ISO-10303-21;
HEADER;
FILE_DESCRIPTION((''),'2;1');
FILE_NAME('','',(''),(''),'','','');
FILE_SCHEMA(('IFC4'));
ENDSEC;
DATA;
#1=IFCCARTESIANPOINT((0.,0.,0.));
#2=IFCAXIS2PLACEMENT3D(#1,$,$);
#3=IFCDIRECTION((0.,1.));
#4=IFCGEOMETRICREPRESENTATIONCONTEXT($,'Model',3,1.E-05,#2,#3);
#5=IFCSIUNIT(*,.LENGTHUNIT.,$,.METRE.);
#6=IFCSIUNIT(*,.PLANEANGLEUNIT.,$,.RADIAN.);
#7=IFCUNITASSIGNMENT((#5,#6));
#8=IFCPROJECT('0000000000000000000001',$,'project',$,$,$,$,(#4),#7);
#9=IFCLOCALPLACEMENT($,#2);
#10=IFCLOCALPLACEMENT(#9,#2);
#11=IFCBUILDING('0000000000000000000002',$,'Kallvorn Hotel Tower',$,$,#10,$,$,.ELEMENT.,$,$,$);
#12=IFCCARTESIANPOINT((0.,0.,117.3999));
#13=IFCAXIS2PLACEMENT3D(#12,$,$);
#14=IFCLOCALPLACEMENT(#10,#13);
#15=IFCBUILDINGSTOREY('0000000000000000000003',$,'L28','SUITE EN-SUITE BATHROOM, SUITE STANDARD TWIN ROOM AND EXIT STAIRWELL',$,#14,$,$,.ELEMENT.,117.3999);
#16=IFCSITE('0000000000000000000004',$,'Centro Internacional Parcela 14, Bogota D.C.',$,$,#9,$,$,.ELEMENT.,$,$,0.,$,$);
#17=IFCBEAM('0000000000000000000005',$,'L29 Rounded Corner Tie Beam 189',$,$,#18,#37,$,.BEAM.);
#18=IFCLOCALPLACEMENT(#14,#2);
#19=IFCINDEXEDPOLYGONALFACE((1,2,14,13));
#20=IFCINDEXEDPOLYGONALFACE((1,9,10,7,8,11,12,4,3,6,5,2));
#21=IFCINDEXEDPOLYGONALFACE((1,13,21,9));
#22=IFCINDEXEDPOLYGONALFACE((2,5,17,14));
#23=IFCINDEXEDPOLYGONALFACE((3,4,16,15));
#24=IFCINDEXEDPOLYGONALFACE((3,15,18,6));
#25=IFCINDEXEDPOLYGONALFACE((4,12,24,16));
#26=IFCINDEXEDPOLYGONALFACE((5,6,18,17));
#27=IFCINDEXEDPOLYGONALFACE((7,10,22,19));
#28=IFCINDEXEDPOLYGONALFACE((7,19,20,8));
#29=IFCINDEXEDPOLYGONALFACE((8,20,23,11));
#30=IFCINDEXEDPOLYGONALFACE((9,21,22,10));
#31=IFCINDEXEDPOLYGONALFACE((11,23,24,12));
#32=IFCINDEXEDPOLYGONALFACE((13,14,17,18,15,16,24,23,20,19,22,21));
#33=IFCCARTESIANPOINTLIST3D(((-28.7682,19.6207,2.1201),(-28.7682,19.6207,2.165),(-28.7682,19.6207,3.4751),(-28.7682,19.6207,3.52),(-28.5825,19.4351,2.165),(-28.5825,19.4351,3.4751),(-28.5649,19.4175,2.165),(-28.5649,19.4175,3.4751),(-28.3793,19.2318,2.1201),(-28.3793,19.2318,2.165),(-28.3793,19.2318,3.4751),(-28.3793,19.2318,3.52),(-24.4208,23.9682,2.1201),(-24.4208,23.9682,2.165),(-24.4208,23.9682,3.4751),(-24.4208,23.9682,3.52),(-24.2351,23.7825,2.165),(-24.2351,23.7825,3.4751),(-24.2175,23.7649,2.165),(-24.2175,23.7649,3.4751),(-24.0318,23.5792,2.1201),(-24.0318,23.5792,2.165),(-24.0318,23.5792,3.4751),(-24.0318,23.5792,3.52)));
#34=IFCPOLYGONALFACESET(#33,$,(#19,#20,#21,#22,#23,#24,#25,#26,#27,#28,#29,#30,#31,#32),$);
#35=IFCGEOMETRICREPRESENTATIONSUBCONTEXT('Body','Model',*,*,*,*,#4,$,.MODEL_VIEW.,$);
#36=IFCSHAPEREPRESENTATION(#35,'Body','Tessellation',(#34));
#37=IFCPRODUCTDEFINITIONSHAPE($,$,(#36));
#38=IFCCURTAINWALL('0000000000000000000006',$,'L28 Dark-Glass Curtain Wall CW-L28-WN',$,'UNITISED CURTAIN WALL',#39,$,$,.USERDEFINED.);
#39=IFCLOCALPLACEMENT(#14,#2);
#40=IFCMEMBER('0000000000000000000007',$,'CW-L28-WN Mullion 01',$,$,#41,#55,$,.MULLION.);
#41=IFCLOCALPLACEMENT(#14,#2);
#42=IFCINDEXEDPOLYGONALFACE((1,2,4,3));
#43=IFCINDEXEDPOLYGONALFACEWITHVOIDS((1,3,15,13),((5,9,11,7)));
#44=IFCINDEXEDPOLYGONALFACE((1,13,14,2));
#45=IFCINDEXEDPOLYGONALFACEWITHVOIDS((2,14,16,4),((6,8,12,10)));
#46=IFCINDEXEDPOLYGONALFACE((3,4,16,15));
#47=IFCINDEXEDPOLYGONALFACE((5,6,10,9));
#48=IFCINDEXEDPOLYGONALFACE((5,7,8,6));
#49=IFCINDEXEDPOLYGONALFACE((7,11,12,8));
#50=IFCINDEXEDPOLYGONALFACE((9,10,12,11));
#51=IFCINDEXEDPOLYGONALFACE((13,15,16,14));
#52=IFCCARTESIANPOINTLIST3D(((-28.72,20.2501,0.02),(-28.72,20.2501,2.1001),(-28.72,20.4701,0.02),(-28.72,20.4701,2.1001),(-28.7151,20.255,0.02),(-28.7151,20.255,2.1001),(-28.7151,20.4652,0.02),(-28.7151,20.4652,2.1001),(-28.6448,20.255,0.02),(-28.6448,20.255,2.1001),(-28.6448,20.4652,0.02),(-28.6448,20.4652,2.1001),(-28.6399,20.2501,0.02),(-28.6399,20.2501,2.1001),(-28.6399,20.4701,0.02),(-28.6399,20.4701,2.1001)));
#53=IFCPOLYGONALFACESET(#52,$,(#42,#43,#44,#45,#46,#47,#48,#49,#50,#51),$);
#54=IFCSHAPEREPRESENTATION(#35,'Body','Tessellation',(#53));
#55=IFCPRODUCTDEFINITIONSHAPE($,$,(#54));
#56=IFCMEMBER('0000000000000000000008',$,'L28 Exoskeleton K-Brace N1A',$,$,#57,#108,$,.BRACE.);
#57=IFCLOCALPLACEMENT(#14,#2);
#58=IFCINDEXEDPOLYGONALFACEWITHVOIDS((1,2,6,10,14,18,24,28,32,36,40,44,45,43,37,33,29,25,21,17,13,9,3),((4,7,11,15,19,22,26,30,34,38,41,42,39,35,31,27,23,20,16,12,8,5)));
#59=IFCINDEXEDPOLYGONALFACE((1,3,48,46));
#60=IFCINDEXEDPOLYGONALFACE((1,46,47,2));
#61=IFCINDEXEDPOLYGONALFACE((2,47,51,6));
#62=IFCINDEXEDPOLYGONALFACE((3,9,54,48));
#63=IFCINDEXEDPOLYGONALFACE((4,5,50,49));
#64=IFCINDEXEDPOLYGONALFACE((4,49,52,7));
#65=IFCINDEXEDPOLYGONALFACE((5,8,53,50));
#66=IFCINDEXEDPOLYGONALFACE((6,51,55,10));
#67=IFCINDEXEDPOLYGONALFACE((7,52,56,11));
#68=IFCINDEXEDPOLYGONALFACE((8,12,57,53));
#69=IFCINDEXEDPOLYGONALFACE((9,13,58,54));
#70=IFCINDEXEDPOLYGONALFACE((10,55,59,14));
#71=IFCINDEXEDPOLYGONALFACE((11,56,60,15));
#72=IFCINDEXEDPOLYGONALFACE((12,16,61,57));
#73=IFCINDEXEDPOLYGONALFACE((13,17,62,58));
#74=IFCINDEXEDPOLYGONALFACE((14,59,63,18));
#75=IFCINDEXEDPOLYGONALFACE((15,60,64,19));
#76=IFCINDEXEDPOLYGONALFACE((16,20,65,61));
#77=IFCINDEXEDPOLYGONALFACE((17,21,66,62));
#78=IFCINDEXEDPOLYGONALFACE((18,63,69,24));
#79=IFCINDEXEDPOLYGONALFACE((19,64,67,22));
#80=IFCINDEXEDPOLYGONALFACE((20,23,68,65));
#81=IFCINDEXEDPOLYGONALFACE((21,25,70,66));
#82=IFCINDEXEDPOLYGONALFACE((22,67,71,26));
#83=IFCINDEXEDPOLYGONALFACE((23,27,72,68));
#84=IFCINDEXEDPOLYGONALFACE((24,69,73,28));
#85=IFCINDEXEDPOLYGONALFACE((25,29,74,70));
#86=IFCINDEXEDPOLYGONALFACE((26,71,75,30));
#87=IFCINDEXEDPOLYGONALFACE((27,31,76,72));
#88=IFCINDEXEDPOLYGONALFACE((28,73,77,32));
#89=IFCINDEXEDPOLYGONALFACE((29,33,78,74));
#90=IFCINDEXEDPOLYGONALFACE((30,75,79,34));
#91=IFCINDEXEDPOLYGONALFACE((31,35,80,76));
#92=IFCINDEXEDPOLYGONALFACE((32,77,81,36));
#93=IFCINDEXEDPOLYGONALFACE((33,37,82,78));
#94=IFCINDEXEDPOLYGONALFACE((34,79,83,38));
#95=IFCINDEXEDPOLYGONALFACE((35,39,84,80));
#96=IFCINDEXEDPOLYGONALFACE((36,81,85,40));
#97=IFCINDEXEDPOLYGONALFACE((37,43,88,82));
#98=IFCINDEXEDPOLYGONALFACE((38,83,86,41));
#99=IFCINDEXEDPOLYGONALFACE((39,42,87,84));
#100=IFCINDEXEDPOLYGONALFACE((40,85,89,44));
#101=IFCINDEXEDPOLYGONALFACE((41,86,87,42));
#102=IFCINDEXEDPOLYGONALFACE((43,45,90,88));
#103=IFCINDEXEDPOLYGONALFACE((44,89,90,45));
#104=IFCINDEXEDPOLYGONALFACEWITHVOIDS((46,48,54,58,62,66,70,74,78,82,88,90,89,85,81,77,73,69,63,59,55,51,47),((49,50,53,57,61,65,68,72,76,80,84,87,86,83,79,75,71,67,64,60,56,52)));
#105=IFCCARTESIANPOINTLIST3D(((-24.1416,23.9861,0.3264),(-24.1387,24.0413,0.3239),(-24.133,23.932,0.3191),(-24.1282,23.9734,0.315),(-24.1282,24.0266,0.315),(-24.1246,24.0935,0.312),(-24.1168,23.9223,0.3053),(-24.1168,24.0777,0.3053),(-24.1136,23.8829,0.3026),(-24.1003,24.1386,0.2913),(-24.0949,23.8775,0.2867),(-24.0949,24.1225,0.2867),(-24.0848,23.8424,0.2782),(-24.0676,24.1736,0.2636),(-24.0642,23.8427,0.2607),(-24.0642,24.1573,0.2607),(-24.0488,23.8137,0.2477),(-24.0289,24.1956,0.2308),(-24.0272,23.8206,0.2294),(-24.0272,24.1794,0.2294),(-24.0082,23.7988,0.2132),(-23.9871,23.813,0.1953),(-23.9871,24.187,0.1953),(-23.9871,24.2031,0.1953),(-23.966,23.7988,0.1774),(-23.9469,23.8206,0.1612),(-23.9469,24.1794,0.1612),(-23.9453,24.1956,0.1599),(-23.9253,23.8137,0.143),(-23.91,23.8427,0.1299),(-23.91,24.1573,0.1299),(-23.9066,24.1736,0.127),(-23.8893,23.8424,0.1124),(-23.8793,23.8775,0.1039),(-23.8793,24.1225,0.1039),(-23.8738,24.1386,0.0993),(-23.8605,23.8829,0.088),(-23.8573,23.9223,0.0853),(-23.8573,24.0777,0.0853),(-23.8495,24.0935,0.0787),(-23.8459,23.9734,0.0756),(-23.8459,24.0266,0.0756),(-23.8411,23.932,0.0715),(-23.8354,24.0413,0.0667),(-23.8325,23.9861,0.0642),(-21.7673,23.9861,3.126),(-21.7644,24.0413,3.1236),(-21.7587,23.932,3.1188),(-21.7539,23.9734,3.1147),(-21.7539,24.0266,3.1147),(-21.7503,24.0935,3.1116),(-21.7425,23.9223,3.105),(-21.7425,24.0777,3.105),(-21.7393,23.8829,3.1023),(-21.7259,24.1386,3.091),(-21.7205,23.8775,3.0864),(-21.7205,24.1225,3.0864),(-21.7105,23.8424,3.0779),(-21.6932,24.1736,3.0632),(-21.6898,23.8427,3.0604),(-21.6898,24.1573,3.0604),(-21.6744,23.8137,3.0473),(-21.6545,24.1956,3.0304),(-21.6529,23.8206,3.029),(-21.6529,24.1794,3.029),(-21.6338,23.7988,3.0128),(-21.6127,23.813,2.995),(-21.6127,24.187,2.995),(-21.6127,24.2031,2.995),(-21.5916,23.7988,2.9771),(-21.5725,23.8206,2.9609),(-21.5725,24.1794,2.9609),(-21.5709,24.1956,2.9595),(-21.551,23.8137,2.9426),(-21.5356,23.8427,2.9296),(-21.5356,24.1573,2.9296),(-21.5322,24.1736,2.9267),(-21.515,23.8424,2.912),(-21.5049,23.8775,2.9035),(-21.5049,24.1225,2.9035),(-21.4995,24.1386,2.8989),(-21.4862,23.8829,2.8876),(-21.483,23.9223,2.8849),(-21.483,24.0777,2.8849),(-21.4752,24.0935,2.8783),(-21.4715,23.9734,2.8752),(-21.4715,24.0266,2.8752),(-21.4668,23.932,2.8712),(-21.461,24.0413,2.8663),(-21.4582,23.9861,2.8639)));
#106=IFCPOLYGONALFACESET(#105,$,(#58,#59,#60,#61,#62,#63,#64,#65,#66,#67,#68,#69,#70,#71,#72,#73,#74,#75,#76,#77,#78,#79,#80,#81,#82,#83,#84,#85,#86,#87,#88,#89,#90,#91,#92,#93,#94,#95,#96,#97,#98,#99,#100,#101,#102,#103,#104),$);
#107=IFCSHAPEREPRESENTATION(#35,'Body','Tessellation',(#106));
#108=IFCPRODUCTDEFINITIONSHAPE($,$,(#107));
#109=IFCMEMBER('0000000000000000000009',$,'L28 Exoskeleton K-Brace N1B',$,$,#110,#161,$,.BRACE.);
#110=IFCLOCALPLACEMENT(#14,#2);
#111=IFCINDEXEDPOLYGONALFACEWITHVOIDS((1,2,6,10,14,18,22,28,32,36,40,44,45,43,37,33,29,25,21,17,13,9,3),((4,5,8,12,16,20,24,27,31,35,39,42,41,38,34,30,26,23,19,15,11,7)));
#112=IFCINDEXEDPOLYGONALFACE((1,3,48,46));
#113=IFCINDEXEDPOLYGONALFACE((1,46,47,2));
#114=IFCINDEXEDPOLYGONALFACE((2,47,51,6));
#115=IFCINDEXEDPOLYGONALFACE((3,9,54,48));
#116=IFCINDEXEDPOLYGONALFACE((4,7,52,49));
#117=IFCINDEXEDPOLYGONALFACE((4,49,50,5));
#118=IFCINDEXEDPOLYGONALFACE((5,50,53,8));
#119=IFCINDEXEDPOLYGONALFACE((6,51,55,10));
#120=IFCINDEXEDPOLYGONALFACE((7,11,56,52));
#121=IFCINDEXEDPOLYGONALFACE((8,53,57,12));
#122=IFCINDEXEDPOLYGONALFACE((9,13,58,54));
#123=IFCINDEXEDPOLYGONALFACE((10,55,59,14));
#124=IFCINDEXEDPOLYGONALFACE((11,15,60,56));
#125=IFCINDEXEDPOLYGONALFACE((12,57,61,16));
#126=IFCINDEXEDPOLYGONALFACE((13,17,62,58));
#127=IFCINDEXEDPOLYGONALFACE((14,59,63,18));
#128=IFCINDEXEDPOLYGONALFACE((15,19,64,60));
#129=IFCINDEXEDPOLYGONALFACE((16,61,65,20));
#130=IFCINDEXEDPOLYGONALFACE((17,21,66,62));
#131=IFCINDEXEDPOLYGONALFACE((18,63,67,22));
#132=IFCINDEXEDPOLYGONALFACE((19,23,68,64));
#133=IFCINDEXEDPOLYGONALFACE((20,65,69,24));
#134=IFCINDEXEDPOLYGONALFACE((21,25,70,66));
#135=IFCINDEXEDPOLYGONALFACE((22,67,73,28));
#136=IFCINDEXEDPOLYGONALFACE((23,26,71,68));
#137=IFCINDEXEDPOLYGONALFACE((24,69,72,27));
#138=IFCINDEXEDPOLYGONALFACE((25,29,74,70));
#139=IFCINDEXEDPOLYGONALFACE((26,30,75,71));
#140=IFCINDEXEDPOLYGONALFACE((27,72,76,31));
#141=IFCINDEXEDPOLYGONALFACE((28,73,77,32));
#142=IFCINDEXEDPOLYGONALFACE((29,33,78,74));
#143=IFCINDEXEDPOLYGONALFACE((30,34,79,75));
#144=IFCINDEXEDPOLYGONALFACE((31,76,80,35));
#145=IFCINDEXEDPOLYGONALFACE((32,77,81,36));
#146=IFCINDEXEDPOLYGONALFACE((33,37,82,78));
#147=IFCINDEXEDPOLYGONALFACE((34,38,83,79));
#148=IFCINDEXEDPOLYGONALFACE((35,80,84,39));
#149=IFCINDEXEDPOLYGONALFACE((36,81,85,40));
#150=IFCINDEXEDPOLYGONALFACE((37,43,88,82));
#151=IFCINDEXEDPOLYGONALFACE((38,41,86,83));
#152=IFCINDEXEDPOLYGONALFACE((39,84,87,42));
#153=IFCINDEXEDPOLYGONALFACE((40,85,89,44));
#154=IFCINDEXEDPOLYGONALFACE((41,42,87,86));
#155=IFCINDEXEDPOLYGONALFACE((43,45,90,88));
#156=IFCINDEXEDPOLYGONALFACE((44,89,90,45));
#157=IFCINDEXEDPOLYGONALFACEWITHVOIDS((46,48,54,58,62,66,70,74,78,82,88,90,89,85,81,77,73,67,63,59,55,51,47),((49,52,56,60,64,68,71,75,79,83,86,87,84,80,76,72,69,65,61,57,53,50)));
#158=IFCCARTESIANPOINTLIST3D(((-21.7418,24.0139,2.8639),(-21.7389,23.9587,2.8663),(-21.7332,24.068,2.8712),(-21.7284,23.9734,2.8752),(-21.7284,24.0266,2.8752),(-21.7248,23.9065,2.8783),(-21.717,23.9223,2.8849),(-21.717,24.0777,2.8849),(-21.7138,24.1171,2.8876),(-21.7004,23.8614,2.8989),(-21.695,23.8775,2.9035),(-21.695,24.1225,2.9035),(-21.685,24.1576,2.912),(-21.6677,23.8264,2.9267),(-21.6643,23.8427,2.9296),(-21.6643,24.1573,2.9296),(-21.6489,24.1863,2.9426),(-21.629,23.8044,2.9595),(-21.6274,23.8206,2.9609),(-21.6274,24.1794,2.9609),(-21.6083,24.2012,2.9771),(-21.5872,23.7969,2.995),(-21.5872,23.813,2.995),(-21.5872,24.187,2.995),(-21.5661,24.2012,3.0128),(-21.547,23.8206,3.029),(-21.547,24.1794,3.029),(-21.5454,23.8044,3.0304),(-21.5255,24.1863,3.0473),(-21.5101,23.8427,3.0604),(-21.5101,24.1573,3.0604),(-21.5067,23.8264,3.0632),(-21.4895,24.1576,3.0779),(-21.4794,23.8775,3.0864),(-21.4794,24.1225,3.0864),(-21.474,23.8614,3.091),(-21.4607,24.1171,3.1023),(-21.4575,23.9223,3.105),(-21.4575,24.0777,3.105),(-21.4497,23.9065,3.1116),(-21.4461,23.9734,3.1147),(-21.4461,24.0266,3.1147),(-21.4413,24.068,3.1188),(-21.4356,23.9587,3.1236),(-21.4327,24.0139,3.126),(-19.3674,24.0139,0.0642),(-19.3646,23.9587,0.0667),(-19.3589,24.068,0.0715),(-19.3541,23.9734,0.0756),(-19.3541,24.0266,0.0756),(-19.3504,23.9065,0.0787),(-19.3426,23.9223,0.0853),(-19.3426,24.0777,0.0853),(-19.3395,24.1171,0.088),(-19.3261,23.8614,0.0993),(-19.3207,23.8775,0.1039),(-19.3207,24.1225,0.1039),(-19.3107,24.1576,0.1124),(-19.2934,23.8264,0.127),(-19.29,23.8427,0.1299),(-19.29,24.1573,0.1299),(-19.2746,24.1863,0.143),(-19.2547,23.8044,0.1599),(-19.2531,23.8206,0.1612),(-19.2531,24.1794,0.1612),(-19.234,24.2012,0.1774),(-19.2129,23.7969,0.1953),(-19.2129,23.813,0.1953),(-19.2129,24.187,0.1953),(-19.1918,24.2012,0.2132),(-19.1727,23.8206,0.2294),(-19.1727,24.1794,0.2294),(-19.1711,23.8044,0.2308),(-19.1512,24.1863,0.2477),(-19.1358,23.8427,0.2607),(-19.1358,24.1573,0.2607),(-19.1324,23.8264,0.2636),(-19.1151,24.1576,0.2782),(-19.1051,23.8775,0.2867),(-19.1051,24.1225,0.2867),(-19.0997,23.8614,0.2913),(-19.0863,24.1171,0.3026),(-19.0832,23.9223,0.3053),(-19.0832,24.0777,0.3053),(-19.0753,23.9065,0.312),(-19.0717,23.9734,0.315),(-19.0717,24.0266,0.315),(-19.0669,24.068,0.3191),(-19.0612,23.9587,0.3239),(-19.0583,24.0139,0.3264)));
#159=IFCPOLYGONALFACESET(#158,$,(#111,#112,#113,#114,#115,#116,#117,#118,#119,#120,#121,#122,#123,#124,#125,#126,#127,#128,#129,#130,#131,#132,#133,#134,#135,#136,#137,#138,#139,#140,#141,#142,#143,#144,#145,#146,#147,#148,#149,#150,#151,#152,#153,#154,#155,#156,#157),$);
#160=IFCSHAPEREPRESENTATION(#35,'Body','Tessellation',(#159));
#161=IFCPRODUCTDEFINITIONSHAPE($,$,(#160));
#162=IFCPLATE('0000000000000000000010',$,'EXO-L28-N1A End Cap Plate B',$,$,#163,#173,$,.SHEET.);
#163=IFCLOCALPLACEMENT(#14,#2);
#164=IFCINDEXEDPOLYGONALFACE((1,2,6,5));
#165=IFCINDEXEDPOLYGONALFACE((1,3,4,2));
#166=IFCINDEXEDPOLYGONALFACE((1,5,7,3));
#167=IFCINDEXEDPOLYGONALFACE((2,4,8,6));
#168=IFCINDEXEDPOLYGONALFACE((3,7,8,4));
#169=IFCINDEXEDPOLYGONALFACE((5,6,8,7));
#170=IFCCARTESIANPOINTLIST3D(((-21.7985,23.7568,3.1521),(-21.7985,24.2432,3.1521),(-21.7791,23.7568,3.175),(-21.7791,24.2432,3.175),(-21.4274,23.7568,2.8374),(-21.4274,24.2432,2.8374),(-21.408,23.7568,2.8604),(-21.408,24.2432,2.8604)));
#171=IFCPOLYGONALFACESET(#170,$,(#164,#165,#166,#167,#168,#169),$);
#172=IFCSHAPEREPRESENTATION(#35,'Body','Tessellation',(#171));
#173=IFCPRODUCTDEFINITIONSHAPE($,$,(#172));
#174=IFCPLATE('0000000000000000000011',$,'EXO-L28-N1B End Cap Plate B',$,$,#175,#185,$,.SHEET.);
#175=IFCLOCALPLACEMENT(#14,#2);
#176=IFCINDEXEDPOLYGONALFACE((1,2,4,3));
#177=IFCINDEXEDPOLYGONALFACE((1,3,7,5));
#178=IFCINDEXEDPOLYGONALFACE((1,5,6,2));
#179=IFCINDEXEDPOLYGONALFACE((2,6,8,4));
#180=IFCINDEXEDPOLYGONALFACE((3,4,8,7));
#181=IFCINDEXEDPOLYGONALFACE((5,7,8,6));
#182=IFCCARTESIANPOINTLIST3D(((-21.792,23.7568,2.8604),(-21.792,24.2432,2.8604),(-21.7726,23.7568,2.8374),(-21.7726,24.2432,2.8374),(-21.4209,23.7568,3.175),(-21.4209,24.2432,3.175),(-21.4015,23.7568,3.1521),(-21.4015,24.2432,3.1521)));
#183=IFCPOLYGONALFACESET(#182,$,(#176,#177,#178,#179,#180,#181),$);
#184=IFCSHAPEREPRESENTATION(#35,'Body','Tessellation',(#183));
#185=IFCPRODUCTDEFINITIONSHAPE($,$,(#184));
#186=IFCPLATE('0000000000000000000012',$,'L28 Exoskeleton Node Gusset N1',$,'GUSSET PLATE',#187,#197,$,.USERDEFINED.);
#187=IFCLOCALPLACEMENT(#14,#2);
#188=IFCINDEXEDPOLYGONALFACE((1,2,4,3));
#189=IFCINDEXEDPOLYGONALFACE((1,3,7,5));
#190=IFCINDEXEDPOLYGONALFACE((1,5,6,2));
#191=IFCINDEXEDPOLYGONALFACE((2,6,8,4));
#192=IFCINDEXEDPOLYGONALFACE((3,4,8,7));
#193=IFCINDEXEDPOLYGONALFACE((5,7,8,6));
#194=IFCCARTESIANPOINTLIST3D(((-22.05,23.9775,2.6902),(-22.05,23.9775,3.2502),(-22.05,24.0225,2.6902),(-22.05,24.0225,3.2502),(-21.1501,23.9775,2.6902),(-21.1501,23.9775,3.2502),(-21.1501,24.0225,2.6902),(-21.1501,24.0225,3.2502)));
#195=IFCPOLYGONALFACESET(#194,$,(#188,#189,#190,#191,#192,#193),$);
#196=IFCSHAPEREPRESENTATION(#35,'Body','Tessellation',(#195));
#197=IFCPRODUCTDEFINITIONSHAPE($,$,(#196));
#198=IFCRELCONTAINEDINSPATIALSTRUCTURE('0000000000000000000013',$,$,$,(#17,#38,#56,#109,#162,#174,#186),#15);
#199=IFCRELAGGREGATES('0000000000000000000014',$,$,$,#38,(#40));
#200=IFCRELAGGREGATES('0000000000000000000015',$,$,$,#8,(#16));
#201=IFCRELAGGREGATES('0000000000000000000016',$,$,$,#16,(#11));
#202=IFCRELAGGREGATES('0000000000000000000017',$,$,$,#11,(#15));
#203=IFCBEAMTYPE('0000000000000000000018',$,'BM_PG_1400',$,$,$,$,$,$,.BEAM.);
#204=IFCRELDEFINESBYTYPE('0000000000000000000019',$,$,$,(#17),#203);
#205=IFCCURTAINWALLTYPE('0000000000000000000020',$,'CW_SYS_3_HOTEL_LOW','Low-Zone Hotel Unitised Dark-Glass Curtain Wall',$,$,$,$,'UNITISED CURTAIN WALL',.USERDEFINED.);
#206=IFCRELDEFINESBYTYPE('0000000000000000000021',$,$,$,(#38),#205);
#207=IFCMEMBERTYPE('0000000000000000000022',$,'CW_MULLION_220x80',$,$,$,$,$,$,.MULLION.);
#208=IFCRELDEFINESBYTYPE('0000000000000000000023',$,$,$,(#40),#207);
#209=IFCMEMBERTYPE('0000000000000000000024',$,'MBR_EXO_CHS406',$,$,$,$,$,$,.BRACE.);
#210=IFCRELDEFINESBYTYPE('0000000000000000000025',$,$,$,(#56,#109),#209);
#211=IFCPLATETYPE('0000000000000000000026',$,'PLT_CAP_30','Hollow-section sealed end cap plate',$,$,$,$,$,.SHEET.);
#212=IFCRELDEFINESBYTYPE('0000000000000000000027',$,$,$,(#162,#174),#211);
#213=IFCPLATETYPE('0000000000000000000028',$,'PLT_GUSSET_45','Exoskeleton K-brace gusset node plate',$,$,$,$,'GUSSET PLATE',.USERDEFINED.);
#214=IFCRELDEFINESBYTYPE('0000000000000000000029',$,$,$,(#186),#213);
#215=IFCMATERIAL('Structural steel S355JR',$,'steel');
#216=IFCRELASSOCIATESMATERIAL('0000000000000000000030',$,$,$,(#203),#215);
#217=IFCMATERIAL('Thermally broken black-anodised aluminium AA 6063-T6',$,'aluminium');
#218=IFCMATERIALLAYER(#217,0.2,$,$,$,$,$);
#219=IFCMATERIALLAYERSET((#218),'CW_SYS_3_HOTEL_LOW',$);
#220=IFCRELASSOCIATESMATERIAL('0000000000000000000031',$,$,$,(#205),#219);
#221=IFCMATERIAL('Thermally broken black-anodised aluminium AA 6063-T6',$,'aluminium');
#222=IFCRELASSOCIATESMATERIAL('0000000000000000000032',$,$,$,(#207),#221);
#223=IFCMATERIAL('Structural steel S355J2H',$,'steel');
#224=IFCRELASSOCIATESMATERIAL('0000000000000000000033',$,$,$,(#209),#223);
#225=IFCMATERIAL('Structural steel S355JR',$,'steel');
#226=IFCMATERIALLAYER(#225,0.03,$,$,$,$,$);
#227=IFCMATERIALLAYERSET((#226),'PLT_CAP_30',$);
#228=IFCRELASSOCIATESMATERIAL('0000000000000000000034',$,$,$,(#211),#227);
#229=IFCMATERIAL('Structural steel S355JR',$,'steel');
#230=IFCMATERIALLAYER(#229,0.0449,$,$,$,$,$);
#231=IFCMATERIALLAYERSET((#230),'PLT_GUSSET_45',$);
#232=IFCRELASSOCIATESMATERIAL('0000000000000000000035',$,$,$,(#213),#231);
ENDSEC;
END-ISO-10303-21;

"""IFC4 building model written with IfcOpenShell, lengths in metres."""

from ifc_helpers import new_model, si_unit, direction, frame, origin, origin_2d, place, context, subcontext, project, spatial, polyline, rectangle, hollow_rectangle, hollow_circle, i_section, outline, extrude, material, layer, layer_set, material_profile, profile_set, type_object, element, aggregate, save


model = new_model("IFC4")

# Units and contexts
model_context = context("Model", 3, precision=1e-05, world=origin(), true_north=direction((0.0, 1.0)))
body_context = subcontext(model_context, "Body", "Model", "MODEL_VIEW")
ifc_project = project(units=[si_unit("LENGTHUNIT", "METRE"), si_unit("PLANEANGLEUNIT", "RADIAN")], contexts=[model_context])

# Site, building, storey
site_placement = place(None, origin())
site = spatial("IfcSite", under=ifc_project, at=site_placement, Name="Centro Internacional Parcela 14, Bogota D.C.", CompositionType="ELEMENT", RefElevation=0.0)
building_placement = place(site_placement, origin())
building = spatial("IfcBuilding", under=site, at=building_placement, Name="Kallvorn Hotel Tower", CompositionType="ELEMENT")
storey_placement = place(building_placement, frame((0.0, 0.0, 117.3999)))
storey = spatial("IfcBuildingStorey", under=building, at=storey_placement, Name="L28", Description="SUITE EN-SUITE BATHROOM, SUITE STANDARD TWIN ROOM AND EXIT STAIRWELL", CompositionType="ELEMENT", Elevation=117.3999)

# Beam
ifc_material_1 = material(Name="Structural steel S355JR", Category="steel")
ifc_material_profile_1 = material_profile(ifc_material_1, i_section(OverallWidth=0.55, OverallDepth=1.3999, WebThickness=0.0249, FlangeThickness=0.0449, at=origin_2d()), Name="PG 1400x550x25x45")
ifc_profile_set_1 = profile_set([ifc_material_profile_1], Name="Structural steel S355JR")
beam_type_1 = type_object("IfcBeamType", Name="BM_PG_1400", PredefinedType="BEAM", material=ifc_profile_set_1)
beam_1_placement = place(storey_placement, frame((-28.5737, 19.4263, 2.8201), z_axis=(0.707107, 0.707107, 0.0), x_axis=(-0.707107, 0.707107, 0.0)))
element("IfcBeam", 1, at=beam_1_placement, inside=storey, type_object=beam_type_1, Name="L29 Rounded Corner Tie Beam 189", PredefinedType="BEAM", context=body_context, shape_type="SweptSolid", body=[
    extrude(i_section(OverallWidth=0.55, OverallDepth=1.3999, WebThickness=0.0249, FlangeThickness=0.0449, at=origin_2d()), origin(), (0.0, 0.0, 1.0), 6.1482),
])

# Curtain wall, member
ifc_material_2 = material(Name="Thermally broken black-anodised aluminium AA 6063-T6", Category="aluminium")
ifc_layer_1 = layer(ifc_material_2, 0.2)
ifc_layer_set_1 = layer_set([ifc_layer_1], Name="CW_SYS_3_HOTEL_LOW")
curtain_wall_type = type_object("IfcCurtainWallType", Name="CW_SYS_3_HOTEL_LOW", Description="Low-Zone Hotel Unitised Dark-Glass Curtain Wall", ElementType="UNITISED CURTAIN WALL", PredefinedType="USERDEFINED", material=ifc_layer_set_1)
curtain_wall_placement = place(storey_placement, origin())
curtain_wall = element("IfcCurtainWall", 2, at=curtain_wall_placement, inside=storey, type_object=curtain_wall_type, Name="L28 Dark-Glass Curtain Wall CW-L28-WN", ObjectType="UNITISED CURTAIN WALL", PredefinedType="USERDEFINED")
ifc_material_3 = material(Name="Thermally broken black-anodised aluminium AA 6063-T6", Category="aluminium")
ifc_material_profile_2 = material_profile(ifc_material_3, hollow_rectangle(XDim=0.0801, YDim=0.22, WallThickness=0.0049, at=origin_2d()), Name="MUL 220x80")
ifc_profile_set_2 = profile_set([ifc_material_profile_2], Name="Thermally broken black-anodised aluminium AA 6063-T6")
member_type_1 = type_object("IfcMemberType", Name="CW_MULLION_220x80", PredefinedType="MULLION", material=ifc_profile_set_2)
member_placement = place(storey_placement, frame((-28.6799, 20.3601, 0.02), z_axis=(0.0, 0.0, 1.0), x_axis=(1.0, 0.0, 0.0)))
member = element("IfcMember", 3, at=member_placement, type_object=member_type_1, Name="CW-L28-WN Mullion 01", PredefinedType="MULLION", context=body_context, shape_type="SweptSolid", body=[
    extrude(hollow_rectangle(XDim=0.0801, YDim=0.22, WallThickness=0.0049, at=origin_2d()), origin(), (0.0, 0.0, 1.0), 2.0801),
])
aggregate(curtain_wall, [member])

# Members
ifc_material_4 = material(Name="Structural steel S355J2H", Category="steel")
ifc_material_profile_3 = material_profile(ifc_material_4, hollow_circle(Radius=0.2031, WallThickness=0.0161, at=origin_2d()), Name="CHS 406.4x16")
ifc_profile_set_3 = profile_set([ifc_material_profile_3], Name="Structural steel S355J2H")
member_type_2 = type_object("IfcMemberType", Name="MBR_EXO_CHS406", PredefinedType="BRACE", material=ifc_profile_set_3)
for number, where, z_axis, x_axis, name in (
    (4, (-23.9871, 24.0, 0.1953), (0.6468, 0.0, 0.762659), (0.0, 1.0, 0.0), "L28 Exoskeleton K-Brace N1A"),
    (5, (-19.2129, 24.0, 0.1953), (-0.6468, 0.0, 0.762659), (0.0, -1.0, 0.0), "L28 Exoskeleton K-Brace N1B"),
):
    element("IfcMember", number, at=place(storey_placement, frame(where, z_axis=z_axis, x_axis=x_axis)), inside=storey, type_object=member_type_2, Name=name, PredefinedType="BRACE", context=body_context, shape_type="SweptSolid", body=[
        extrude(hollow_circle(Radius=0.2031, WallThickness=0.0161, at=origin_2d()), origin(), (0.0, 0.0, 1.0), 3.6709),
    ])

# Plates
ifc_material_5 = material(Name="Structural steel S355JR", Category="steel")
ifc_layer_2 = layer(ifc_material_5, 0.03)
ifc_layer_set_2 = layer_set([ifc_layer_2], Name="PLT_CAP_30")
plate_type_1 = type_object("IfcPlateType", Name="PLT_CAP_30", Description="Hollow-section sealed end cap plate", PredefinedType="SHEET", material=ifc_layer_set_2)
for number, where, z_axis, x_axis, name in (
    (6, (-21.408, 23.7568, 2.8604), (0.646774, 0.0, 0.762682), (0.0, 1.0, 0.0), "EXO-L28-N1A End Cap Plate B"),
    (7, (-21.792, 24.2432, 2.8604), (-0.646774, 0.0, 0.762682), (0.0, -1.0, 0.0), "EXO-L28-N1B End Cap Plate B"),
):
    element("IfcPlate", number, at=place(storey_placement, frame(where, z_axis=z_axis, x_axis=x_axis)), inside=storey, type_object=plate_type_1, Name=name, PredefinedType="SHEET", context=body_context, shape_type="SweptSolid", body=[
        extrude(outline(polyline([(0.0, 0.0), (0.4863, 0.0), (0.4863, 0.4866), (0.0, 0.4866), (0.0, 0.0)])), origin(), (0.0, 0.0, -1.0), 0.03),
    ])
ifc_material_6 = material(Name="Structural steel S355JR", Category="steel")
ifc_layer_3 = layer(ifc_material_6, 0.0449)
ifc_layer_set_3 = layer_set([ifc_layer_3], Name="PLT_GUSSET_45")
plate_type_2 = type_object("IfcPlateType", Name="PLT_GUSSET_45", Description="Exoskeleton K-brace gusset node plate", ElementType="GUSSET PLATE", PredefinedType="USERDEFINED", material=ifc_layer_set_3)
plate_placement = place(storey_placement, frame((-21.6001, 24.0, 2.6902), z_axis=(0.0, 0.0, 1.0), x_axis=(1.0, 0.0, 0.0)))
element("IfcPlate", 8, at=plate_placement, inside=storey, type_object=plate_type_2, Name="L28 Exoskeleton Node Gusset N1", ObjectType="GUSSET PLATE", PredefinedType="USERDEFINED", context=body_context, shape_type="SweptSolid", body=[
    extrude(rectangle(XDim=0.8999, YDim=0.0449, at=origin_2d()), origin(), (0.0, 0.0, 1.0), 0.5601),
])

save(model, "model.ifc")
